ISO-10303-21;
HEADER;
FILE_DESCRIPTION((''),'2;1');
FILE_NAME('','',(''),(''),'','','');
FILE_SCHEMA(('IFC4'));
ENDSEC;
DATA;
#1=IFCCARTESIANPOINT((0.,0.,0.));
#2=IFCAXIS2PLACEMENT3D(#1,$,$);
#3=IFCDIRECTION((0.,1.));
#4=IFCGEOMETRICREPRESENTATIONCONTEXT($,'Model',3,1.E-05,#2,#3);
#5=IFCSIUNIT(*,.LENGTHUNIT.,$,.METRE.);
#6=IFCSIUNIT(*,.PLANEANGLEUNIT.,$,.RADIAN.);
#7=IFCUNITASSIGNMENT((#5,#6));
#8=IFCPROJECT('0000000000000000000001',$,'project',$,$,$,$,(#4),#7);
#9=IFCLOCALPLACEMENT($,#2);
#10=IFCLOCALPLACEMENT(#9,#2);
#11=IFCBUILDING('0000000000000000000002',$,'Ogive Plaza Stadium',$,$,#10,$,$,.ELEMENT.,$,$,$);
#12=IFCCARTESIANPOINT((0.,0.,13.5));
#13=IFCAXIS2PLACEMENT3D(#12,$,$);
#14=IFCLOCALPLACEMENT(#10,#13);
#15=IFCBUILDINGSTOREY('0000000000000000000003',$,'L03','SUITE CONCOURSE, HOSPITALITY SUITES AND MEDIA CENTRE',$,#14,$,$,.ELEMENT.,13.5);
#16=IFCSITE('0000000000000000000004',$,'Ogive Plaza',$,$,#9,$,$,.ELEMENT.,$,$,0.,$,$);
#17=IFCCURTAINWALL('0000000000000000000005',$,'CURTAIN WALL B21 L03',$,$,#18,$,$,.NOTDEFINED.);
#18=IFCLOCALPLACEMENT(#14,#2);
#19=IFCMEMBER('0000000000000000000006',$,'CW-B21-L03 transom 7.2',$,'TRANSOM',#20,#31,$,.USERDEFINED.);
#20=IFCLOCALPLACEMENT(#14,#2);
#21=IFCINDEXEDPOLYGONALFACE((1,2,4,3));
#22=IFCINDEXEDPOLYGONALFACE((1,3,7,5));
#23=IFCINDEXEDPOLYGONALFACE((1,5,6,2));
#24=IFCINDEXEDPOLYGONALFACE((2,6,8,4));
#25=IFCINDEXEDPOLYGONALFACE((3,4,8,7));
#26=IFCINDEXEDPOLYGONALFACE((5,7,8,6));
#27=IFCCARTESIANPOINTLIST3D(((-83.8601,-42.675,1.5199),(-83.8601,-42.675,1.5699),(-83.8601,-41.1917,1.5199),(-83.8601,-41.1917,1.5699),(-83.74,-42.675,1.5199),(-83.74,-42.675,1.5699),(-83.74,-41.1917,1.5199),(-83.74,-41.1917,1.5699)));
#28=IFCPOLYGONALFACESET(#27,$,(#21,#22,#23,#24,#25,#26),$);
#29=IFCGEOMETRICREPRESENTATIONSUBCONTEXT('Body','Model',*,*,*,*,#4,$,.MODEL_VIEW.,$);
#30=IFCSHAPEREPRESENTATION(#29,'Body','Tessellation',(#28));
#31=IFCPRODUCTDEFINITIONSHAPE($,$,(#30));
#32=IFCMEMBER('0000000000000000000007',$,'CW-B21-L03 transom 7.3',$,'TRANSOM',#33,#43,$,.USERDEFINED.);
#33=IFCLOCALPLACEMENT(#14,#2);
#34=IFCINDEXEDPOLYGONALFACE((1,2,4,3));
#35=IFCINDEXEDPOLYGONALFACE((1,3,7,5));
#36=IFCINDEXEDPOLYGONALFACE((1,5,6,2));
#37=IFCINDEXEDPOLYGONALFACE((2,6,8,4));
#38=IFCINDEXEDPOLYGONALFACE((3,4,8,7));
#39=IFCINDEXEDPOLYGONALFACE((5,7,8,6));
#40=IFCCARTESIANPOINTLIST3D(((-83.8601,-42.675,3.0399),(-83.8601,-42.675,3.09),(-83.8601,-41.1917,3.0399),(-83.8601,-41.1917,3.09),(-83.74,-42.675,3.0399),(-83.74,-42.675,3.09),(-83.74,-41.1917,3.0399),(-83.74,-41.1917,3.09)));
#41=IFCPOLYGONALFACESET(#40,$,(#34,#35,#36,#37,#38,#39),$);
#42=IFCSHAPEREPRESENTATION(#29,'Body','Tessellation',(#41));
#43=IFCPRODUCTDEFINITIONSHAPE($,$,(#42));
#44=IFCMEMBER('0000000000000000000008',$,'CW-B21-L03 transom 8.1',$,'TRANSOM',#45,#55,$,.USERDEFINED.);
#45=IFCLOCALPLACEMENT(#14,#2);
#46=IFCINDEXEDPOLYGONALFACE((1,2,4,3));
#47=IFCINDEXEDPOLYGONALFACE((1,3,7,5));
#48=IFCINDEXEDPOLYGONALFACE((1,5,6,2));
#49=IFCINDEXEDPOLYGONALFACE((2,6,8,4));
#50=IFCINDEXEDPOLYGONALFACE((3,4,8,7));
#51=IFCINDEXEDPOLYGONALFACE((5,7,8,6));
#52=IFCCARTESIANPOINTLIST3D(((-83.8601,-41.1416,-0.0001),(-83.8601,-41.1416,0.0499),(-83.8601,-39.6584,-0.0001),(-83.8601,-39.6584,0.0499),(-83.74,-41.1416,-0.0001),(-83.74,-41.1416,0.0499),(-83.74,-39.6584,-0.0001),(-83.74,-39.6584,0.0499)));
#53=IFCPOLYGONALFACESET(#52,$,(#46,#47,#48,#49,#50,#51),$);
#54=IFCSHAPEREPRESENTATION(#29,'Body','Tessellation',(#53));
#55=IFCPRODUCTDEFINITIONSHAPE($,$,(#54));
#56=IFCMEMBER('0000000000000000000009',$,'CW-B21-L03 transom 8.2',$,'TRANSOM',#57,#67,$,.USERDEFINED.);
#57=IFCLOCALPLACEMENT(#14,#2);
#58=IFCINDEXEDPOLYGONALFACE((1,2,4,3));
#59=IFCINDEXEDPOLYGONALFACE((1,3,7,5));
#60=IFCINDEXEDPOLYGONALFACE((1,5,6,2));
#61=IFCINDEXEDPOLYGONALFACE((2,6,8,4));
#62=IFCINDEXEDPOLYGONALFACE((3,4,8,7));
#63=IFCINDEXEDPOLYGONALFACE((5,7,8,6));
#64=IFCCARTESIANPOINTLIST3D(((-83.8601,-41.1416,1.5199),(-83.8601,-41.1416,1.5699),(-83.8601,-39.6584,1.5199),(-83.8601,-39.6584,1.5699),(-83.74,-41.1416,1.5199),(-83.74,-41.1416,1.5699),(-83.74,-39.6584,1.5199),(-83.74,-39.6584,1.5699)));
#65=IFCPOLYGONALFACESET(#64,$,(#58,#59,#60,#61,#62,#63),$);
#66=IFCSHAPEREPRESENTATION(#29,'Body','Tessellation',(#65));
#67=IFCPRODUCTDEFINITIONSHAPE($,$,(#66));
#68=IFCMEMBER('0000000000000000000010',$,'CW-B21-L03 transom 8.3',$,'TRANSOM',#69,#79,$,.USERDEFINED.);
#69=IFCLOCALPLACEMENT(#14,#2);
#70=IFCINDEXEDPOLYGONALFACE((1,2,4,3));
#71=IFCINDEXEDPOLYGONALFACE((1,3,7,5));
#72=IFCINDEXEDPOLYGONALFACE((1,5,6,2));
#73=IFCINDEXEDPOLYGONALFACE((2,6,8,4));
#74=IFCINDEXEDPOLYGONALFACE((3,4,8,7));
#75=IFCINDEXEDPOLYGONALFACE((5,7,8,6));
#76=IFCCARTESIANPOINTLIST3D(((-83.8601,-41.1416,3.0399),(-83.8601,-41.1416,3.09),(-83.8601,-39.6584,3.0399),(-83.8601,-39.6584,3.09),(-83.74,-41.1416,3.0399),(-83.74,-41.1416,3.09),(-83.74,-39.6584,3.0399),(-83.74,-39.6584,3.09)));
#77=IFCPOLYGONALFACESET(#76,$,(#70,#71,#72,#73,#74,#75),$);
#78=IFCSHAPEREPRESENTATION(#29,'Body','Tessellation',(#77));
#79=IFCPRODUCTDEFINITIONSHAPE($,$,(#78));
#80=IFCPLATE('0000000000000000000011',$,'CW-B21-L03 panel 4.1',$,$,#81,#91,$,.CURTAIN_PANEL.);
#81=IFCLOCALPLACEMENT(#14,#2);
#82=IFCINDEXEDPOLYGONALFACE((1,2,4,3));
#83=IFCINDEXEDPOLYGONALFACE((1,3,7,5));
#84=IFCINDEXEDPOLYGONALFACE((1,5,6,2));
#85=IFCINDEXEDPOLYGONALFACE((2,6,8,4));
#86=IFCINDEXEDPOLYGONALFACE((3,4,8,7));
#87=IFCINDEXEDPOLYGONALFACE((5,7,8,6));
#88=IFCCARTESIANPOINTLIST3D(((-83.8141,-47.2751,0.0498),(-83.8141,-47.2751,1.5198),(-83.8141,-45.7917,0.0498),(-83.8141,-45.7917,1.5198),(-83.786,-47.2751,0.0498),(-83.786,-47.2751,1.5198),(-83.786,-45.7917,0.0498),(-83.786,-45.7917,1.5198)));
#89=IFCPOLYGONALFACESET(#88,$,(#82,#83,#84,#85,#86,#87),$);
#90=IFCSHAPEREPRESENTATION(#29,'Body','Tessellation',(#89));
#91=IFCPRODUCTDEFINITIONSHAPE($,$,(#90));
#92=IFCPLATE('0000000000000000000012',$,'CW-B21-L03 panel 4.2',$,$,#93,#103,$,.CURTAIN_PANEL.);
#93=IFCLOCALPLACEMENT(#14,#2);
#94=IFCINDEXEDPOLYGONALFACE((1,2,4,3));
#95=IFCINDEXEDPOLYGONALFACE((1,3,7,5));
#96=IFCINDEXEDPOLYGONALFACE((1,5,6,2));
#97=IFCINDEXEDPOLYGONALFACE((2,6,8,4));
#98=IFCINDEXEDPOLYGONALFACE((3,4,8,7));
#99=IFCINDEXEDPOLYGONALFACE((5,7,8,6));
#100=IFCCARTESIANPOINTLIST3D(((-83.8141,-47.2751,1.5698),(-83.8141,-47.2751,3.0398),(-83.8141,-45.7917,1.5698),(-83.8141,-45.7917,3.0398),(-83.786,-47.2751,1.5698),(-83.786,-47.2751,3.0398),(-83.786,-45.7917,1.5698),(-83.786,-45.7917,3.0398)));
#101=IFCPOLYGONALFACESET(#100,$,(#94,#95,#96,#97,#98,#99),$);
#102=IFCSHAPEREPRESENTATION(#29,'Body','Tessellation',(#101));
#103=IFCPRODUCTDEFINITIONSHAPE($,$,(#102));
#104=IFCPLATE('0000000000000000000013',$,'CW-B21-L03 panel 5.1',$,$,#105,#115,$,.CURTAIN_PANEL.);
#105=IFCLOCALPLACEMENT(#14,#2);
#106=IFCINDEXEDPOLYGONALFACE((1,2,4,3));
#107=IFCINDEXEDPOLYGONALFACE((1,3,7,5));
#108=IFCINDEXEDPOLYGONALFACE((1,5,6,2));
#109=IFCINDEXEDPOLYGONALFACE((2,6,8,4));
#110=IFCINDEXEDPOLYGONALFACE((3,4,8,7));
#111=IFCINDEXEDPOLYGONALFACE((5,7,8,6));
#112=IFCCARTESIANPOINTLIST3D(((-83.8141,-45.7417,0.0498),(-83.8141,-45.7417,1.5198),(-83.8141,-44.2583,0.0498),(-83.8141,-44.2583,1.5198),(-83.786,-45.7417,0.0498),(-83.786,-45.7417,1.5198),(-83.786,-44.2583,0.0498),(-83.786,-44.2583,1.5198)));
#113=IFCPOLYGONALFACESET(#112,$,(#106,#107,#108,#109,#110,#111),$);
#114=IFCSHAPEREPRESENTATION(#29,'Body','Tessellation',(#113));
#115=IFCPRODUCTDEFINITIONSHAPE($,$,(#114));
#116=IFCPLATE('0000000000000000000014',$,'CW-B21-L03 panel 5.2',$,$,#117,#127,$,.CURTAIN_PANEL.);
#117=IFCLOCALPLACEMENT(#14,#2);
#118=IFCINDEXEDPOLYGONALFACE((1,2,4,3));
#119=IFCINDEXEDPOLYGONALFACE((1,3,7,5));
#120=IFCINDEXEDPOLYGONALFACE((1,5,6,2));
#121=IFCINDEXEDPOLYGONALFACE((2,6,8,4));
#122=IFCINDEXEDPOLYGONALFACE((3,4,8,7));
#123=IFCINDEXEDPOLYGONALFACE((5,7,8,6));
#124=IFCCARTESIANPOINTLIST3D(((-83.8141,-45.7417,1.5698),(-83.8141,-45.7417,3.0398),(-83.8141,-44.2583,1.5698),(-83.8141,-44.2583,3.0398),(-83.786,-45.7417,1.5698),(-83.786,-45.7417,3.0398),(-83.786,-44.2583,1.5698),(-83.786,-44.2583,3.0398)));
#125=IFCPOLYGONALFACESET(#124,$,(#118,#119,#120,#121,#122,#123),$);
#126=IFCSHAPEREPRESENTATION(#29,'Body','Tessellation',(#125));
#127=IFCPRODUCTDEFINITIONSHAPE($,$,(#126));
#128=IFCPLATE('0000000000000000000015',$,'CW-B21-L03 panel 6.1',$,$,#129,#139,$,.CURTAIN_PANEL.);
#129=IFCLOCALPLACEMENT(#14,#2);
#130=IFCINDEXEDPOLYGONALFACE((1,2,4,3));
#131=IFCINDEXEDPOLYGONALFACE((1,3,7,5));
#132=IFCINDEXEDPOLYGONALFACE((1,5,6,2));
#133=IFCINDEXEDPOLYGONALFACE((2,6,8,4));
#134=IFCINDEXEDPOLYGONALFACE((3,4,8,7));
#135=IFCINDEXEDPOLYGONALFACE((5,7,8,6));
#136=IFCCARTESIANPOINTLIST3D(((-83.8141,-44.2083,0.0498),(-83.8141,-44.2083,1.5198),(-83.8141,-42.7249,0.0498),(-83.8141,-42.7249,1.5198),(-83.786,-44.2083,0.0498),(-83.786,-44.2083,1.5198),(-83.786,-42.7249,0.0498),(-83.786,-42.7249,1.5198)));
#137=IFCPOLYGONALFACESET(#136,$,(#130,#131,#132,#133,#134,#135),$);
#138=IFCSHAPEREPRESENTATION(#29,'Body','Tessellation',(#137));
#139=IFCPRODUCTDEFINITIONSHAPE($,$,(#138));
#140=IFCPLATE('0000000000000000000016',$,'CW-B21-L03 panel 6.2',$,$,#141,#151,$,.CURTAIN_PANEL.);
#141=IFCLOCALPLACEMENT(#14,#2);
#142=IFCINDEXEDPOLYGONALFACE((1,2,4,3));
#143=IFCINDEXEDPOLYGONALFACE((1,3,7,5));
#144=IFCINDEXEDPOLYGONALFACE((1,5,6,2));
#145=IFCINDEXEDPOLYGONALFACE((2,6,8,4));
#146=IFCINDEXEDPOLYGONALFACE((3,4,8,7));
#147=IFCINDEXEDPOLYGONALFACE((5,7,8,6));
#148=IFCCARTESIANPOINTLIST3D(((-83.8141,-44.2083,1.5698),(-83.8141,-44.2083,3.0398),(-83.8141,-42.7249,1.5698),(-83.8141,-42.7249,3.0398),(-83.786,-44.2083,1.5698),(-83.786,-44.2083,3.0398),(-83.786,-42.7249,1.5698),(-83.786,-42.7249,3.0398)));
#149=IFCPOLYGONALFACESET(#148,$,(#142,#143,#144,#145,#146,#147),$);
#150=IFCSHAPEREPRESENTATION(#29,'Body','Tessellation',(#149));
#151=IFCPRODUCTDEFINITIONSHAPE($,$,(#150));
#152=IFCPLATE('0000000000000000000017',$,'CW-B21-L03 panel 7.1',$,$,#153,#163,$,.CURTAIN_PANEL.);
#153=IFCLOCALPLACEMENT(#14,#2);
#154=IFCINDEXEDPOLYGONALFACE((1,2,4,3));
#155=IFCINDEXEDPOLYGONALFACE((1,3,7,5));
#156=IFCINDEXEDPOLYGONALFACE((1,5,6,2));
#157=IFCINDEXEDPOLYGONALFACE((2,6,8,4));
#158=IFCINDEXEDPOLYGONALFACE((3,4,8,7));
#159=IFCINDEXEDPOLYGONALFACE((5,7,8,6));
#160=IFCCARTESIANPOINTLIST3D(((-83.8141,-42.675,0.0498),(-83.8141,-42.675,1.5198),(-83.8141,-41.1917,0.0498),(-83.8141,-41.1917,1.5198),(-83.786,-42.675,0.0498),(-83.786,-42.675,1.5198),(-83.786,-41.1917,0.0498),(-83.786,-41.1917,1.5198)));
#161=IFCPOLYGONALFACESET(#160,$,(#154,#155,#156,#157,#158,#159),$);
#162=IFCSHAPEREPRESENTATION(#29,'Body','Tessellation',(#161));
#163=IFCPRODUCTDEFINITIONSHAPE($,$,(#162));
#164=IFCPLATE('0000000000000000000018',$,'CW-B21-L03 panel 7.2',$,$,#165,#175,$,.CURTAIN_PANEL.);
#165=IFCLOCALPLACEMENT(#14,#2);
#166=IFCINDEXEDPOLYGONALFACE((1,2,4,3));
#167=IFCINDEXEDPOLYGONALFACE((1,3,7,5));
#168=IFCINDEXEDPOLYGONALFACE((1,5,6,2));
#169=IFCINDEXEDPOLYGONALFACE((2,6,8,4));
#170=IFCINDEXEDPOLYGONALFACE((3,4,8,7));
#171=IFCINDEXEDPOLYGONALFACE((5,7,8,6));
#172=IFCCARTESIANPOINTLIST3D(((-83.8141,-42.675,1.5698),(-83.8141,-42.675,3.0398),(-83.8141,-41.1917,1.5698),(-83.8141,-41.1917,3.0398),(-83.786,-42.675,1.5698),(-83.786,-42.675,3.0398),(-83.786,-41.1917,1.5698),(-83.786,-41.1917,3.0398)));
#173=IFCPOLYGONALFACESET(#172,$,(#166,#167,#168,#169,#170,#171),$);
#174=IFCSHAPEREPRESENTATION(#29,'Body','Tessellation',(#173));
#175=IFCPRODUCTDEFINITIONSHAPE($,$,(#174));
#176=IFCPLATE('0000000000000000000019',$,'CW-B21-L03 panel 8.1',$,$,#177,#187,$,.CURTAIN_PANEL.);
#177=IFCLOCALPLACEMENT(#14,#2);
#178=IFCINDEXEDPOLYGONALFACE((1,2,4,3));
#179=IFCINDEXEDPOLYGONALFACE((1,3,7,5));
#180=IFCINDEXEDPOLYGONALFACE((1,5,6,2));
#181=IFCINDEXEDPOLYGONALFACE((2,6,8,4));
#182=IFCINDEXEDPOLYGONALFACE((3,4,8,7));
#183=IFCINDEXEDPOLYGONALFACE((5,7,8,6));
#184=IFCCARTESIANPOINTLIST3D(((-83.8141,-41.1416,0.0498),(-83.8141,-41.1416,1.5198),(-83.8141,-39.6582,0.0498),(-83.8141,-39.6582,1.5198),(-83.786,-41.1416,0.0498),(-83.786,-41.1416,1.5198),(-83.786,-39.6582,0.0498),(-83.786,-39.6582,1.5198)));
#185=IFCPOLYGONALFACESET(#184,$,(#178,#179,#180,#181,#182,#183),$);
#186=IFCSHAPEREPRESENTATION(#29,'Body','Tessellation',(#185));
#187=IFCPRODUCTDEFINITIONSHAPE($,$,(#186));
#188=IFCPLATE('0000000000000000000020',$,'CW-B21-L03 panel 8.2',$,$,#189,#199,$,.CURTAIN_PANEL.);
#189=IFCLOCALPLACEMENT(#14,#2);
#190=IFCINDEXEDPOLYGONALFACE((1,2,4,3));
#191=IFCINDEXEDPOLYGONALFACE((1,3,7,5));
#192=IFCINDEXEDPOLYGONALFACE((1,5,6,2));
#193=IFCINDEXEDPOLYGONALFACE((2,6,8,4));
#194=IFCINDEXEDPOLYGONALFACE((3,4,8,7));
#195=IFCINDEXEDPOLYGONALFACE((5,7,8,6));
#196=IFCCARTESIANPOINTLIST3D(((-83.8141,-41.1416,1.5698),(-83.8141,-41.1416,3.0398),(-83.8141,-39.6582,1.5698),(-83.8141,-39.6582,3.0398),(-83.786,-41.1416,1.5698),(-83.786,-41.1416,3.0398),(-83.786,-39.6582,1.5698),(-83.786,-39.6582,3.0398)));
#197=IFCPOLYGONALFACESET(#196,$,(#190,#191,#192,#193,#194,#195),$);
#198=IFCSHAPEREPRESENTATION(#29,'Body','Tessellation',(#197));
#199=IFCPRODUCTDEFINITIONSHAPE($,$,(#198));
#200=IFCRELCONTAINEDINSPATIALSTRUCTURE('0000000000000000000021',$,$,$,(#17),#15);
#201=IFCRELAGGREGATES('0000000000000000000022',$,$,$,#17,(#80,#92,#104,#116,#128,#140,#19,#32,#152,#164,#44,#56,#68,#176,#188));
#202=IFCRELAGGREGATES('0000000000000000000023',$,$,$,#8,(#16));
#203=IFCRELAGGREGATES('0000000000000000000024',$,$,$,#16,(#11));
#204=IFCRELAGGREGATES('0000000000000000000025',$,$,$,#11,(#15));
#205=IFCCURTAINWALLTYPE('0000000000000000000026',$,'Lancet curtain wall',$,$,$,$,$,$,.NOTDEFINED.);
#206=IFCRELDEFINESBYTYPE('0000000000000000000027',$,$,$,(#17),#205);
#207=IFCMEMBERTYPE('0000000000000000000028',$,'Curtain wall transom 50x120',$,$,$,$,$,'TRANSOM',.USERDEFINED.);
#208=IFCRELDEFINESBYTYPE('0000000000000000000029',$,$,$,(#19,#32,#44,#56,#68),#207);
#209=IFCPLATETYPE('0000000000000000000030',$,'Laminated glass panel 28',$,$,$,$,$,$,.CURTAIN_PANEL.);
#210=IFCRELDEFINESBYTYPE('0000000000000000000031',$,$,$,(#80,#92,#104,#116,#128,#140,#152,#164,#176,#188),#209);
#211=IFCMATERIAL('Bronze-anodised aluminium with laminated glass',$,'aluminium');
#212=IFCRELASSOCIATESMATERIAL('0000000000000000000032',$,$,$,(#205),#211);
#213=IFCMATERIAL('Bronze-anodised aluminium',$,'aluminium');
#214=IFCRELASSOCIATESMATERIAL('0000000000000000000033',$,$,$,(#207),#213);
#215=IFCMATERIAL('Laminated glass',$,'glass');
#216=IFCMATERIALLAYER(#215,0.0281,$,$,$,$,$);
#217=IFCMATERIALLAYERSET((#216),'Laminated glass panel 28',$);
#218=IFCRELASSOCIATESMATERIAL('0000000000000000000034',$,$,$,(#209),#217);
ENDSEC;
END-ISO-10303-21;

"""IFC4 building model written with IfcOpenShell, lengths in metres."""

from ifc_helpers import new_model, si_unit, direction, frame, origin, origin_2d, place, context, subcontext, project, spatial, rectangle, extrude, material, layer, layer_set, material_profile, profile_set, type_object, element, aggregate, save


model = new_model("IFC4")

# Units and contexts
model_context = context("Model", 3, precision=1e-05, world=origin(), true_north=direction((0.0, 1.0)))
body_context = subcontext(model_context, "Body", "Model", "MODEL_VIEW")
ifc_project = project(units=[si_unit("LENGTHUNIT", "METRE"), si_unit("PLANEANGLEUNIT", "RADIAN")], contexts=[model_context])

# Site, building, storey
site_placement = place(None, origin())
site = spatial("IfcSite", under=ifc_project, at=site_placement, Name="Ogive Plaza", CompositionType="ELEMENT", RefElevation=0.0)
building_placement = place(site_placement, origin())
building = spatial("IfcBuilding", under=site, at=building_placement, Name="Ogive Plaza Stadium", CompositionType="ELEMENT")
storey_placement = place(building_placement, frame((0.0, 0.0, 13.5)))
storey = spatial("IfcBuildingStorey", under=building, at=storey_placement, Name="L03", Description="SUITE CONCOURSE, HOSPITALITY SUITES AND MEDIA CENTRE", CompositionType="ELEMENT", Elevation=13.5)

# Curtain wall, members, plates
ifc_material_1 = material(Name="Bronze-anodised aluminium with laminated glass", Category="aluminium")
curtain_wall_type = type_object("IfcCurtainWallType", Name="Lancet curtain wall", PredefinedType="NOTDEFINED", material=ifc_material_1)
curtain_wall_placement = place(storey_placement, origin())
curtain_wall = element("IfcCurtainWall", 1, at=curtain_wall_placement, inside=storey, type_object=curtain_wall_type, Name="CURTAIN WALL B21 L03", PredefinedType="NOTDEFINED")
ifc_material_2 = material(Name="Bronze-anodised aluminium", Category="aluminium")
ifc_material_profile_1 = material_profile(ifc_material_2, rectangle(XDim=0.1201, YDim=0.05, at=origin_2d()), Name="AL 120x50")
ifc_profile_set_1 = profile_set([ifc_material_profile_1], Name="Bronze-anodised aluminium")
member_type_1 = type_object("IfcMemberType", Name="Curtain wall transom 50x120", ElementType="TRANSOM", PredefinedType="USERDEFINED", material=ifc_profile_set_1)
member_1_placement = place(storey_placement, frame((-83.8, -42.675, 1.5449), z_axis=(0.0, 1.0, 0.0), x_axis=(-1.0, 0.0, 0.0)))
member_1 = element("IfcMember", 2, at=member_1_placement, type_object=member_type_1, Name="CW-B21-L03 transom 7.2", ObjectType="TRANSOM", PredefinedType="USERDEFINED", context=body_context, shape_type="SweptSolid", body=[
    extrude(rectangle(XDim=0.1201, YDim=0.05, at=origin_2d()), origin(), (0.0, 0.0, 1.0), 1.4834),
])
member_2_placement = place(storey_placement, frame((-83.8, -42.675, 3.0649), z_axis=(0.0, 1.0, 0.0), x_axis=(-1.0, 0.0, 0.0)))
member_2 = element("IfcMember", 3, at=member_2_placement, type_object=member_type_1, Name="CW-B21-L03 transom 7.3", ObjectType="TRANSOM", PredefinedType="USERDEFINED", context=body_context, shape_type="SweptSolid", body=[
    extrude(rectangle(XDim=0.1201, YDim=0.05, at=origin_2d()), origin(), (0.0, 0.0, 1.0), 1.4834),
])
member_3_placement = place(storey_placement, frame((-83.8, -41.1416, 0.0249), z_axis=(0.0, 1.0, 0.0), x_axis=(-1.0, 0.0, 0.0)))
member_3 = element("IfcMember", 4, at=member_3_placement, type_object=member_type_1, Name="CW-B21-L03 transom 8.1", ObjectType="TRANSOM", PredefinedType="USERDEFINED", context=body_context, shape_type="SweptSolid", body=[
    extrude(rectangle(XDim=0.1201, YDim=0.05, at=origin_2d()), origin(), (0.0, 0.0, 1.0), 1.4832),
])
member_4_placement = place(storey_placement, frame((-83.8, -41.1416, 1.5449), z_axis=(0.0, 1.0, 0.0), x_axis=(-1.0, 0.0, 0.0)))
member_4 = element("IfcMember", 5, at=member_4_placement, type_object=member_type_1, Name="CW-B21-L03 transom 8.2", ObjectType="TRANSOM", PredefinedType="USERDEFINED", context=body_context, shape_type="SweptSolid", body=[
    extrude(rectangle(XDim=0.1201, YDim=0.05, at=origin_2d()), origin(), (0.0, 0.0, 1.0), 1.4832),
])
member_5_placement = place(storey_placement, frame((-83.8, -41.1416, 3.0649), z_axis=(0.0, 1.0, 0.0), x_axis=(-1.0, 0.0, 0.0)))
member_5 = element("IfcMember", 6, at=member_5_placement, type_object=member_type_1, Name="CW-B21-L03 transom 8.3", ObjectType="TRANSOM", PredefinedType="USERDEFINED", context=body_context, shape_type="SweptSolid", body=[
    extrude(rectangle(XDim=0.1201, YDim=0.05, at=origin_2d()), origin(), (0.0, 0.0, 1.0), 1.4832),
])
ifc_material_3 = material(Name="Laminated glass", Category="glass")
ifc_layer_1 = layer(ifc_material_3, 0.0281)
ifc_layer_set_1 = layer_set([ifc_layer_1], Name="Laminated glass panel 28")
plate_type = type_object("IfcPlateType", Name="Laminated glass panel 28", PredefinedType="CURTAIN_PANEL", material=ifc_layer_set_1)
plate_1_placement = place(storey_placement, frame((-83.8, -46.5334, 0.0498), z_axis=(0.0, 0.0, 1.0), x_axis=(0.0, 1.0, 0.0)))
plate_1 = element("IfcPlate", 7, at=plate_1_placement, type_object=plate_type, Name="CW-B21-L03 panel 4.1", PredefinedType="CURTAIN_PANEL", context=body_context, shape_type="SweptSolid", body=[
    extrude(rectangle(XDim=1.4834, YDim=0.0281, at=origin_2d()), origin(), (0.0, 0.0, 1.0), 1.47),
])
plate_2_placement = place(storey_placement, frame((-83.8, -46.5334, 1.5698), z_axis=(0.0, 0.0, 1.0), x_axis=(0.0, 1.0, 0.0)))
plate_2 = element("IfcPlate", 8, at=plate_2_placement, type_object=plate_type, Name="CW-B21-L03 panel 4.2", PredefinedType="CURTAIN_PANEL", context=body_context, shape_type="SweptSolid", body=[
    extrude(rectangle(XDim=1.4834, YDim=0.0281, at=origin_2d()), origin(), (0.0, 0.0, 1.0), 1.47),
])
plate_3_placement = place(storey_placement, frame((-83.8, -45.0, 0.0498), z_axis=(0.0, 0.0, 1.0), x_axis=(0.0, 1.0, 0.0)))
plate_3 = element("IfcPlate", 9, at=plate_3_placement, type_object=plate_type, Name="CW-B21-L03 panel 5.1", PredefinedType="CURTAIN_PANEL", context=body_context, shape_type="SweptSolid", body=[
    extrude(rectangle(XDim=1.4834, YDim=0.0281, at=origin_2d()), origin(), (0.0, 0.0, 1.0), 1.47),
])
plate_4_placement = place(storey_placement, frame((-83.8, -45.0, 1.5698), z_axis=(0.0, 0.0, 1.0), x_axis=(0.0, 1.0, 0.0)))
plate_4 = element("IfcPlate", 10, at=plate_4_placement, type_object=plate_type, Name="CW-B21-L03 panel 5.2", PredefinedType="CURTAIN_PANEL", context=body_context, shape_type="SweptSolid", body=[
    extrude(rectangle(XDim=1.4834, YDim=0.0281, at=origin_2d()), origin(), (0.0, 0.0, 1.0), 1.47),
])
plate_5_placement = place(storey_placement, frame((-83.8, -43.4666, 0.0498), z_axis=(0.0, 0.0, 1.0), x_axis=(0.0, 1.0, 0.0)))
plate_5 = element("IfcPlate", 11, at=plate_5_placement, type_object=plate_type, Name="CW-B21-L03 panel 6.1", PredefinedType="CURTAIN_PANEL", context=body_context, shape_type="SweptSolid", body=[
    extrude(rectangle(XDim=1.4834, YDim=0.0281, at=origin_2d()), origin(), (0.0, 0.0, 1.0), 1.47),
])
plate_6_placement = place(storey_placement, frame((-83.8, -43.4666, 1.5698), z_axis=(0.0, 0.0, 1.0), x_axis=(0.0, 1.0, 0.0)))
plate_6 = element("IfcPlate", 12, at=plate_6_placement, type_object=plate_type, Name="CW-B21-L03 panel 6.2", PredefinedType="CURTAIN_PANEL", context=body_context, shape_type="SweptSolid", body=[
    extrude(rectangle(XDim=1.4834, YDim=0.0281, at=origin_2d()), origin(), (0.0, 0.0, 1.0), 1.47),
])
plate_7_placement = place(storey_placement, frame((-83.8, -41.9333, 0.0498), z_axis=(0.0, 0.0, 1.0), x_axis=(0.0, 1.0, 0.0)))
plate_7 = element("IfcPlate", 13, at=plate_7_placement, type_object=plate_type, Name="CW-B21-L03 panel 7.1", PredefinedType="CURTAIN_PANEL", context=body_context, shape_type="SweptSolid", body=[
    extrude(rectangle(XDim=1.4834, YDim=0.0281, at=origin_2d()), origin(), (0.0, 0.0, 1.0), 1.47),
])
plate_8_placement = place(storey_placement, frame((-83.8, -41.9333, 1.5698), z_axis=(0.0, 0.0, 1.0), x_axis=(0.0, 1.0, 0.0)))
plate_8 = element("IfcPlate", 14, at=plate_8_placement, type_object=plate_type, Name="CW-B21-L03 panel 7.2", PredefinedType="CURTAIN_PANEL", context=body_context, shape_type="SweptSolid", body=[
    extrude(rectangle(XDim=1.4834, YDim=0.0281, at=origin_2d()), origin(), (0.0, 0.0, 1.0), 1.47),
])
plate_9_placement = place(storey_placement, frame((-83.8, -40.3999, 0.0498), z_axis=(0.0, 0.0, 1.0), x_axis=(0.0, 1.0, 0.0)))
plate_9 = element("IfcPlate", 15, at=plate_9_placement, type_object=plate_type, Name="CW-B21-L03 panel 8.1", PredefinedType="CURTAIN_PANEL", context=body_context, shape_type="SweptSolid", body=[
    extrude(rectangle(XDim=1.4834, YDim=0.0281, at=origin_2d()), origin(), (0.0, 0.0, 1.0), 1.47),
])
plate_10_placement = place(storey_placement, frame((-83.8, -40.3999, 1.5698), z_axis=(0.0, 0.0, 1.0), x_axis=(0.0, 1.0, 0.0)))
plate_10 = element("IfcPlate", 16, at=plate_10_placement, type_object=plate_type, Name="CW-B21-L03 panel 8.2", PredefinedType="CURTAIN_PANEL", context=body_context, shape_type="SweptSolid", body=[
    extrude(rectangle(XDim=1.4834, YDim=0.0281, at=origin_2d()), origin(), (0.0, 0.0, 1.0), 1.47),
])
aggregate(curtain_wall, [plate_1, plate_2, plate_3, plate_4, plate_5, plate_6, member_1, member_2, plate_7, plate_8, member_3, member_4, member_5, plate_9, plate_10])

save(model, "model.ifc")
